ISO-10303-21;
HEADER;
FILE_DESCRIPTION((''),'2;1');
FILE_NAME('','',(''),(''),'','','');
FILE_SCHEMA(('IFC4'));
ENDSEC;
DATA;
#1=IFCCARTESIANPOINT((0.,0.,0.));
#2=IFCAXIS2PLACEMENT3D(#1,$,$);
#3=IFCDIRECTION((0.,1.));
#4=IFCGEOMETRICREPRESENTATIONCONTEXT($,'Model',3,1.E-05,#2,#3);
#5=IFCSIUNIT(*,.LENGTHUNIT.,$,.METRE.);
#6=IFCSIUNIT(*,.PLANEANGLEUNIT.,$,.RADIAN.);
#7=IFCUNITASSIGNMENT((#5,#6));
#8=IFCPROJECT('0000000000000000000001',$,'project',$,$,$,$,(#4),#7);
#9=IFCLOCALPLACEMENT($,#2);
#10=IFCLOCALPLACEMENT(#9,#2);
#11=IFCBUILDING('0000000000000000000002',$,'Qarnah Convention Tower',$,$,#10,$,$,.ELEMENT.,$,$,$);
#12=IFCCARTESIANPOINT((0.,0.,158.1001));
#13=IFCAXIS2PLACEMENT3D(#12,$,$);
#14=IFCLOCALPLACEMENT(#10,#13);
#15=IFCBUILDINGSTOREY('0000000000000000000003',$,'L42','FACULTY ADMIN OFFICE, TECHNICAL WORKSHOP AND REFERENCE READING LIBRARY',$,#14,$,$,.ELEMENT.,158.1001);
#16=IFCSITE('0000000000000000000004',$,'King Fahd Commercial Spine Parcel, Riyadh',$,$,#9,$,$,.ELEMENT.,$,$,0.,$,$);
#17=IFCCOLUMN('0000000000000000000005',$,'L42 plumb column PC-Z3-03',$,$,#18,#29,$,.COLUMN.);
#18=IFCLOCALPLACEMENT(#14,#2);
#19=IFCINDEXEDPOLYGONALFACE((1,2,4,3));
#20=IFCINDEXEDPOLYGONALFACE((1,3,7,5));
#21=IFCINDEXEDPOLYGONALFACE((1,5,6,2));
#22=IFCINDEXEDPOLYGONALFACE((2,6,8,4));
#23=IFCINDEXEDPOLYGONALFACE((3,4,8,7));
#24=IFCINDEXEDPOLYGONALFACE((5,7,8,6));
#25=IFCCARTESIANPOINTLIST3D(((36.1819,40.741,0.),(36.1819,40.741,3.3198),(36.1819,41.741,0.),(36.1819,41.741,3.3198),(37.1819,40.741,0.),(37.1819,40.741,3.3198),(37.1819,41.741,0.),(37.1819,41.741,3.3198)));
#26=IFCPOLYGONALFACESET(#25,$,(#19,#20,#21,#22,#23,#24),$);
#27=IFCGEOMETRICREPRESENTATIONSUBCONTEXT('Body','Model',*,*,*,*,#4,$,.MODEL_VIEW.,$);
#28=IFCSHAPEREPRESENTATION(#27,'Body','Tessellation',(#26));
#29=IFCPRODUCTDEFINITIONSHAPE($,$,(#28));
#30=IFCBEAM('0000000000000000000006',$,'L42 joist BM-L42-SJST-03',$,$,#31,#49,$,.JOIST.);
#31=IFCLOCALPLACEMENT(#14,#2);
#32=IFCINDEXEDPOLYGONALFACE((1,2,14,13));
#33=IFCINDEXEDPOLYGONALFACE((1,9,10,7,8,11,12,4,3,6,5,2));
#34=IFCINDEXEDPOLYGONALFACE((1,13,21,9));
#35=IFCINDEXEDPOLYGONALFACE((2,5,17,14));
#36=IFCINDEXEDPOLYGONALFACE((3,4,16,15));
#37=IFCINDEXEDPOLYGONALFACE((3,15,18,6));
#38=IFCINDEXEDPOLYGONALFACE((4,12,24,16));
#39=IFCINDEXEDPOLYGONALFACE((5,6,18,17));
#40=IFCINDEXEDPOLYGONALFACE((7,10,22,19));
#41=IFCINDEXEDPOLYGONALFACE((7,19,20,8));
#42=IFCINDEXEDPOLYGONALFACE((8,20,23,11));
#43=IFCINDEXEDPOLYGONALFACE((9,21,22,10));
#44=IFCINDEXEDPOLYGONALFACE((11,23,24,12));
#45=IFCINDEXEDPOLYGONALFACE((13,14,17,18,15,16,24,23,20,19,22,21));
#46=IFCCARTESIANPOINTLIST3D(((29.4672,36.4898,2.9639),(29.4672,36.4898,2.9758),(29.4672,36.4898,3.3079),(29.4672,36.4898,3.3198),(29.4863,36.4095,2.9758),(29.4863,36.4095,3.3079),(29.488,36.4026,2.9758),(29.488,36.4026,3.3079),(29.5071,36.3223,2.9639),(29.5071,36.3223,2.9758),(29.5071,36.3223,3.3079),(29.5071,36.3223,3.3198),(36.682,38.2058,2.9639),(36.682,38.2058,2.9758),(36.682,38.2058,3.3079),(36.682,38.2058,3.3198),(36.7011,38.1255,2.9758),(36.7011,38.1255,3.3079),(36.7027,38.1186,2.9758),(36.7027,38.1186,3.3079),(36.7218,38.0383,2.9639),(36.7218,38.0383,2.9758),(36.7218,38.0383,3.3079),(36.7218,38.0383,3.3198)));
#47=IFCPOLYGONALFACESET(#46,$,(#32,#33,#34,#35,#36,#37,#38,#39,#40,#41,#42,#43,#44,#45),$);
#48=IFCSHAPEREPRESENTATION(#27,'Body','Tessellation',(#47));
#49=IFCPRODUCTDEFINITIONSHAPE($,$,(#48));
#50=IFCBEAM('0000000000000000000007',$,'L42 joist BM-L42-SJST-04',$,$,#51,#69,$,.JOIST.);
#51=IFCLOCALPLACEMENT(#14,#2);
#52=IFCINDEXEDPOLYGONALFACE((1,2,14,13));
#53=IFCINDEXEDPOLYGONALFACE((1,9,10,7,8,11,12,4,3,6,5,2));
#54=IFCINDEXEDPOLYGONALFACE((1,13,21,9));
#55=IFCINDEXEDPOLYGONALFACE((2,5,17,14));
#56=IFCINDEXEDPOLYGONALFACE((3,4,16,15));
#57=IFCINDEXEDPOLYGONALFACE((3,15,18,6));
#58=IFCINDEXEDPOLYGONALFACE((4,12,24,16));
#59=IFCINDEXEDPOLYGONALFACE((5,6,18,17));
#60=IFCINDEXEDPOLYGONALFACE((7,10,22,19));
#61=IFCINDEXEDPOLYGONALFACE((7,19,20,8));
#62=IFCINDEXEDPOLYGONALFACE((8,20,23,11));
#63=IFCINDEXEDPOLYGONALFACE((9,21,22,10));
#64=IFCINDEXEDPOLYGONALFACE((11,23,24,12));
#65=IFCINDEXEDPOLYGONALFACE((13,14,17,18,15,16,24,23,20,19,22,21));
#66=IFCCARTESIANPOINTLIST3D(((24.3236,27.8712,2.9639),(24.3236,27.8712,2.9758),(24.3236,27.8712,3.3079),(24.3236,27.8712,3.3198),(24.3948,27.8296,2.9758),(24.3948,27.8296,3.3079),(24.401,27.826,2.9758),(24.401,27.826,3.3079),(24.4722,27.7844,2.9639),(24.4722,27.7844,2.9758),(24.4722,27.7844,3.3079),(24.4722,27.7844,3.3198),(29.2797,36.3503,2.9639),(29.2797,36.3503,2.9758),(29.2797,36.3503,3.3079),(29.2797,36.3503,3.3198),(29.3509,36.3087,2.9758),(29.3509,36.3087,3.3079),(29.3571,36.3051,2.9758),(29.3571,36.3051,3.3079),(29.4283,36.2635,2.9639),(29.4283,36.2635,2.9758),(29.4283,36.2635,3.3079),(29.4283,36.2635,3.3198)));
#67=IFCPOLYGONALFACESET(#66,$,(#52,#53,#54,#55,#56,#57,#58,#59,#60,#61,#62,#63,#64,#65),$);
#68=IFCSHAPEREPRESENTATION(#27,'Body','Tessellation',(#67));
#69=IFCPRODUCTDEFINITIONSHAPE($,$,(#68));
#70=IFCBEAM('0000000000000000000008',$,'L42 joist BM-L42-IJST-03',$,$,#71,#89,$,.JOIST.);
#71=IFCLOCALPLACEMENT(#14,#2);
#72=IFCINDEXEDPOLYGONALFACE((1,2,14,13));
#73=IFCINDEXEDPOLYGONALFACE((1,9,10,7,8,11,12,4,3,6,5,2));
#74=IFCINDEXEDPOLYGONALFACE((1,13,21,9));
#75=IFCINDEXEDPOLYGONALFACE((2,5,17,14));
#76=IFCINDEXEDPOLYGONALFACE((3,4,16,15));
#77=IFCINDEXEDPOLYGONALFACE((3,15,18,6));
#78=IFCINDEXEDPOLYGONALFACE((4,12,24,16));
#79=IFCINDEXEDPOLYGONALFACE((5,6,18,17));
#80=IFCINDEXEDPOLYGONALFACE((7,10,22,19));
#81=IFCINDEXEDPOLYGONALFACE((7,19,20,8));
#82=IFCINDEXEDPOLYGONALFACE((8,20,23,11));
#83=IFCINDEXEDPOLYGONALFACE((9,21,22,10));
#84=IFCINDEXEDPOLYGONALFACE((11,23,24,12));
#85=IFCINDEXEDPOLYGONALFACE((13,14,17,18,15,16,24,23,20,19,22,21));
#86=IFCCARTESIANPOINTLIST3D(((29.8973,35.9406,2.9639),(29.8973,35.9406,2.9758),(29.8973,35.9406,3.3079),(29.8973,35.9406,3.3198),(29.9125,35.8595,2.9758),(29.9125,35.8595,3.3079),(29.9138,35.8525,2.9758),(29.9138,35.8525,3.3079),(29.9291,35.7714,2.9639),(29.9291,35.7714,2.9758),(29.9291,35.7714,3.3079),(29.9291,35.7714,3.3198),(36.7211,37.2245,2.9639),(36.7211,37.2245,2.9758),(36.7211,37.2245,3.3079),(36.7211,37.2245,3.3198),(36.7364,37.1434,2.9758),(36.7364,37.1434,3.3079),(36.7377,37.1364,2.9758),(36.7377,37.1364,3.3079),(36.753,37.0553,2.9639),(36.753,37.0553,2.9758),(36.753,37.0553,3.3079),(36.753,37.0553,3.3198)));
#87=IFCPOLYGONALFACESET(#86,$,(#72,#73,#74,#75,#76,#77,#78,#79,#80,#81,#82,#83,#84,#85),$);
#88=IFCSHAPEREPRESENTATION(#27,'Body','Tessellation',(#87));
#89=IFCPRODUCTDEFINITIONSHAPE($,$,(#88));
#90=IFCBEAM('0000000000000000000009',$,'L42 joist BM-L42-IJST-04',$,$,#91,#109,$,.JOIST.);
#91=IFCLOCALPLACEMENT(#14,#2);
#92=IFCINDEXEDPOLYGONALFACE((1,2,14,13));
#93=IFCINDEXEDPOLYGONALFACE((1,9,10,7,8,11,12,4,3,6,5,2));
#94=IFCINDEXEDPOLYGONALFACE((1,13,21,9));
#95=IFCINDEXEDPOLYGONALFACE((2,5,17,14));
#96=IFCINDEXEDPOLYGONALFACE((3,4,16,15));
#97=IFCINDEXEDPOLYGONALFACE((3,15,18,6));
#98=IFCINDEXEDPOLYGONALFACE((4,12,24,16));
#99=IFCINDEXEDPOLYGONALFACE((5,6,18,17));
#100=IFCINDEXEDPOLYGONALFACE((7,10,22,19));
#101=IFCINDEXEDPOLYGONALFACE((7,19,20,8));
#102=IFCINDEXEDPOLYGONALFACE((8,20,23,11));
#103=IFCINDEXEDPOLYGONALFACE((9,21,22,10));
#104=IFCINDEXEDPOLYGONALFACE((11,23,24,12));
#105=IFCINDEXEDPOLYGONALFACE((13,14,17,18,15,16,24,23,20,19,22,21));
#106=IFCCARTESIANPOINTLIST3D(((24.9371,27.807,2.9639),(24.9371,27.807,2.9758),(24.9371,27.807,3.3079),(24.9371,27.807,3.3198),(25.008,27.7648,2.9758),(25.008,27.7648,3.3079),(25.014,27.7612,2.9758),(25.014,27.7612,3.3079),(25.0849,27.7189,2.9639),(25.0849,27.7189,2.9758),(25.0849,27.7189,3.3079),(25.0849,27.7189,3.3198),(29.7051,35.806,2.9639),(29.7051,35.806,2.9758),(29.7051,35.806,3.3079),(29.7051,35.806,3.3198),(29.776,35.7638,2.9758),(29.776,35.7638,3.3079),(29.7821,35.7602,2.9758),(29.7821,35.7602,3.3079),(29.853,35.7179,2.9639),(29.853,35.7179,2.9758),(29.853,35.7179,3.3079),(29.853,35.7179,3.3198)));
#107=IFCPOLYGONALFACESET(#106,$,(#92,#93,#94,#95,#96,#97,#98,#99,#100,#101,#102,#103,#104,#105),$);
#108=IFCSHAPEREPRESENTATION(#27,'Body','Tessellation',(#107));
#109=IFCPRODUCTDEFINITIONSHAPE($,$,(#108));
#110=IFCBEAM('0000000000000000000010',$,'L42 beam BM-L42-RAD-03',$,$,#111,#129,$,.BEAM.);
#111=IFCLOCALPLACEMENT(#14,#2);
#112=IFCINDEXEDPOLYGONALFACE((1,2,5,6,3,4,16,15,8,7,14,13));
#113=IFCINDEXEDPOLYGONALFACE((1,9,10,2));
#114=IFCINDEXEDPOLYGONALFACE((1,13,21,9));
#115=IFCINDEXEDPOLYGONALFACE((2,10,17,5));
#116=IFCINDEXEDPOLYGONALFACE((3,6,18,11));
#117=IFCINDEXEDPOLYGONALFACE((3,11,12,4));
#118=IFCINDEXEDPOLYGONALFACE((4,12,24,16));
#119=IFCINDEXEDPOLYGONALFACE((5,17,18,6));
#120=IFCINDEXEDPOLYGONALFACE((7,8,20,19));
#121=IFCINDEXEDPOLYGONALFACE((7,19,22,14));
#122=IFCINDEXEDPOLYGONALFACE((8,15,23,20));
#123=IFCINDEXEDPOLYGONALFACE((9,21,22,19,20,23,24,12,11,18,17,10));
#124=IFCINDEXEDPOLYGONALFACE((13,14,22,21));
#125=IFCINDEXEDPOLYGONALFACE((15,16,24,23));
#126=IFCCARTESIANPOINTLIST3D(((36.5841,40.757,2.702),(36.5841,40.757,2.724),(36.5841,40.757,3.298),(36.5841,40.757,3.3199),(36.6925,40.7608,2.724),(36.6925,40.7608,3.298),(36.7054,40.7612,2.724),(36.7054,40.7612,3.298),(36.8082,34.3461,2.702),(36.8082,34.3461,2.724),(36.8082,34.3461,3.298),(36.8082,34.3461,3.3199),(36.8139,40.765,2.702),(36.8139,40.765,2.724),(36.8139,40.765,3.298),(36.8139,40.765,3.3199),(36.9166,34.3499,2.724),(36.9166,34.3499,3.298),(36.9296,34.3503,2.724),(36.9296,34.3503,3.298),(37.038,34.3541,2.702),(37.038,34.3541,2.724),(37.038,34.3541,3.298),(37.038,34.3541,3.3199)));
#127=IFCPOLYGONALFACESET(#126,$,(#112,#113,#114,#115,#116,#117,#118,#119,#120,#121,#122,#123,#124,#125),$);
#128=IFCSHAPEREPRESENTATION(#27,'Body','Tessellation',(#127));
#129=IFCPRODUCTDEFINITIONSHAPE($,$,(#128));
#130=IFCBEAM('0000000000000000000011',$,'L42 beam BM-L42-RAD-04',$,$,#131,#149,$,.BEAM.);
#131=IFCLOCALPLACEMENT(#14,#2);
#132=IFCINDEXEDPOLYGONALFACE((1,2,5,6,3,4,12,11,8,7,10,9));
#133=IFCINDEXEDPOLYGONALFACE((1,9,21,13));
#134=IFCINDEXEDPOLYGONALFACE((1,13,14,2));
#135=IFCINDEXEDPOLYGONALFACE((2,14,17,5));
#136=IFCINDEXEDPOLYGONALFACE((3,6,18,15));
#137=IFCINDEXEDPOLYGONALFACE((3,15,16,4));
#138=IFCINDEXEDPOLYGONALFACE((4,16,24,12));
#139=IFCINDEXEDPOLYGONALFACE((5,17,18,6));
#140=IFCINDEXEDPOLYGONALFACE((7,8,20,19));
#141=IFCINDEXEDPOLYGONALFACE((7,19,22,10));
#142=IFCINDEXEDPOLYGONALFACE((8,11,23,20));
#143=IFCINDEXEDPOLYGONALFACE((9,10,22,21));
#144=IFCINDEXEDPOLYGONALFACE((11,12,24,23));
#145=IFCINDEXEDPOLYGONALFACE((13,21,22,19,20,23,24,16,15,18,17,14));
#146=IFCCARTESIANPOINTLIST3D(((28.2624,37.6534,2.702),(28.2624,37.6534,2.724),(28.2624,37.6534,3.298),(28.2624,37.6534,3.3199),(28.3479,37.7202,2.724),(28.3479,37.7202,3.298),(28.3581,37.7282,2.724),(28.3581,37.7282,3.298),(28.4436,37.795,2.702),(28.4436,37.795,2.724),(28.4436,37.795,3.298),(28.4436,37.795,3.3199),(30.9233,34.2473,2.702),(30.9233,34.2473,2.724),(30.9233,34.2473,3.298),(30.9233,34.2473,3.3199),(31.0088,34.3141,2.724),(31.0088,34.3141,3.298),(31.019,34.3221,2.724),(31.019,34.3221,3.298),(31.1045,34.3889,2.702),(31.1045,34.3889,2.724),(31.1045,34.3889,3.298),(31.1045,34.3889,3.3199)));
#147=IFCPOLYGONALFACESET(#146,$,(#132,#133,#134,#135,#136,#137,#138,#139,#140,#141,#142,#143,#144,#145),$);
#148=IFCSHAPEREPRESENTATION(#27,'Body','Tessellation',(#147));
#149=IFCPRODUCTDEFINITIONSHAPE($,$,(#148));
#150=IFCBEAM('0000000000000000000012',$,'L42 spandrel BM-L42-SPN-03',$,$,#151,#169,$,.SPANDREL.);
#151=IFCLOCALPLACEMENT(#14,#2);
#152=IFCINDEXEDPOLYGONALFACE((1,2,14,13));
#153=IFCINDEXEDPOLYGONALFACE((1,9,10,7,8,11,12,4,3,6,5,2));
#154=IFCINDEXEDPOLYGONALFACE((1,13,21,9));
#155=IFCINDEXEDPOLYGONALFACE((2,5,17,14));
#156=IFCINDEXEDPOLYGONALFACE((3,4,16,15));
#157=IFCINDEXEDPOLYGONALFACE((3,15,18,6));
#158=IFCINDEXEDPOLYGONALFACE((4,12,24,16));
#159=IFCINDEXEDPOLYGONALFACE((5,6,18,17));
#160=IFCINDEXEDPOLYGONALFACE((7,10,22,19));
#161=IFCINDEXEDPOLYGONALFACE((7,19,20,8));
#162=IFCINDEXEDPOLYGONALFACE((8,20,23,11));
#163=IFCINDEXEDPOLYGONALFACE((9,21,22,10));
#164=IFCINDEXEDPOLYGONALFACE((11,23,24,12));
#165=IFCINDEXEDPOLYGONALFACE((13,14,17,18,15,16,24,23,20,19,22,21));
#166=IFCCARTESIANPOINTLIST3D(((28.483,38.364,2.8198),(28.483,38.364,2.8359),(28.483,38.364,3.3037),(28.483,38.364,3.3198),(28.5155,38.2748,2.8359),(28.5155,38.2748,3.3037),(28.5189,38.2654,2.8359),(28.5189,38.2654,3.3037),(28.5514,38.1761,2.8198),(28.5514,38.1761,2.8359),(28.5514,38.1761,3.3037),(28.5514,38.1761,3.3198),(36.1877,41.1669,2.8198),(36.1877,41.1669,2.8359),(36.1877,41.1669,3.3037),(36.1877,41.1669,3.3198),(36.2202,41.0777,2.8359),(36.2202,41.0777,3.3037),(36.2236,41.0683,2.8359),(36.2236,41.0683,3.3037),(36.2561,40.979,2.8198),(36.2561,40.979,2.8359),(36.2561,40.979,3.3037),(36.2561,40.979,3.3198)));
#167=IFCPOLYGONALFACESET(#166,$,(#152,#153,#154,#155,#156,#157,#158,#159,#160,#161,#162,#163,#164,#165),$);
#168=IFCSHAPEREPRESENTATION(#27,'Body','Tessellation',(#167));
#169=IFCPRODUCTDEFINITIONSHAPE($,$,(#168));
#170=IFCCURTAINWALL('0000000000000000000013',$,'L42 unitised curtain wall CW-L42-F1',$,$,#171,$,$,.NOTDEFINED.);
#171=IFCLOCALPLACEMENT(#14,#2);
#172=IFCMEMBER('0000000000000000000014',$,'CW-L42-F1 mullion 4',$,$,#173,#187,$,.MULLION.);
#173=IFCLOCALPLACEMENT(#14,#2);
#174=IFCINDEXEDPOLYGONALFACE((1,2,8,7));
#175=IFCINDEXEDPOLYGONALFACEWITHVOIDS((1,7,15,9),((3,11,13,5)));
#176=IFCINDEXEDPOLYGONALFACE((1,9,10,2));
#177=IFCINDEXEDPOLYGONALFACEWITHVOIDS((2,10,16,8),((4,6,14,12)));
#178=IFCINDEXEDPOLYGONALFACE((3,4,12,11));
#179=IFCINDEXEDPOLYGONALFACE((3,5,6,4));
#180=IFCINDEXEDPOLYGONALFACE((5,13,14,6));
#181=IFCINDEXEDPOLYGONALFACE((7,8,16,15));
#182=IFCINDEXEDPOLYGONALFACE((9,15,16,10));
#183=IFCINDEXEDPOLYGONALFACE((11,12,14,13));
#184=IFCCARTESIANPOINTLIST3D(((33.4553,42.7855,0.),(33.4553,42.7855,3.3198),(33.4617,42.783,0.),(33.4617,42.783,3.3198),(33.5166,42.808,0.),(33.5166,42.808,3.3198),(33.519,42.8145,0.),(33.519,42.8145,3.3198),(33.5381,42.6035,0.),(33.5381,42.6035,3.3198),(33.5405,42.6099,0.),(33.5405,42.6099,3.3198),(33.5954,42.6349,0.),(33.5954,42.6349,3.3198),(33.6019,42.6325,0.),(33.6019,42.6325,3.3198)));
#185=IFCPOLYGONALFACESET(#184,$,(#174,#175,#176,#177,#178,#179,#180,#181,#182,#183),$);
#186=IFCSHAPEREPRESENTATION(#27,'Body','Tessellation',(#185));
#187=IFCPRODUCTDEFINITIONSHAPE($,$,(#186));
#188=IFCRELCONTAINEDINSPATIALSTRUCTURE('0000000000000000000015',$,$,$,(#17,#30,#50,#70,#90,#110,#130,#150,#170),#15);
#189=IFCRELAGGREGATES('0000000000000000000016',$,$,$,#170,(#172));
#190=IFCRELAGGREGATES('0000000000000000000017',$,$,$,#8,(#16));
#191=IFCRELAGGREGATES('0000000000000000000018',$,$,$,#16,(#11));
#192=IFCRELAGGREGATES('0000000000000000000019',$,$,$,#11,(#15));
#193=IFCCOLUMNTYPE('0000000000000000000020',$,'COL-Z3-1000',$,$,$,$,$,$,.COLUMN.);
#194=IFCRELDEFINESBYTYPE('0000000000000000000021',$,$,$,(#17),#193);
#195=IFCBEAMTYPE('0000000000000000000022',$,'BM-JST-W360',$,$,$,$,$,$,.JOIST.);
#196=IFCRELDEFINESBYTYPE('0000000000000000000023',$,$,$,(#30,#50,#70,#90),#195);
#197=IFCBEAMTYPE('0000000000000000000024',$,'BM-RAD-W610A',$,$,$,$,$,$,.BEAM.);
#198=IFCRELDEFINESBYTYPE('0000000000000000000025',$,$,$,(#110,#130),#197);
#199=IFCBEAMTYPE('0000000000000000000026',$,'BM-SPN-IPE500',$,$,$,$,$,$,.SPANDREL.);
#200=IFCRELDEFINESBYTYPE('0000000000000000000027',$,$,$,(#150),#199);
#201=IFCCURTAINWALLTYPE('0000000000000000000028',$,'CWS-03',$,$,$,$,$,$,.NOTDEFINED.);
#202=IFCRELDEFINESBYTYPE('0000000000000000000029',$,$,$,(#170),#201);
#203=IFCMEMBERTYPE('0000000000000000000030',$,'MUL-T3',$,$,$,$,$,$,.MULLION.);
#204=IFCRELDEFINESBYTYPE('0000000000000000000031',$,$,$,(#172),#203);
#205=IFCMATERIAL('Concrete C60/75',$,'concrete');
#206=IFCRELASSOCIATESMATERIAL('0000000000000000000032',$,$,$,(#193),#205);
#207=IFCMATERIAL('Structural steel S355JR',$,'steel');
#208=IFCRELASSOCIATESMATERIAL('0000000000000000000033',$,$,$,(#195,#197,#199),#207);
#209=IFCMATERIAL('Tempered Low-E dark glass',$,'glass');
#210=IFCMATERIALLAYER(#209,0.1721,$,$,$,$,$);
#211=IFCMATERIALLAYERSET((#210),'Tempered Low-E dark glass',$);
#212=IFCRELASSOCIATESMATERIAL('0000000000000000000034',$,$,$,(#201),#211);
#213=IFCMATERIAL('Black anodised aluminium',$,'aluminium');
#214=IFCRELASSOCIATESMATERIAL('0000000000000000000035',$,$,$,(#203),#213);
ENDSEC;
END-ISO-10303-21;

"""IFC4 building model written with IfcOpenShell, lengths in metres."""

from ifc_helpers import new_model, si_unit, direction, frame, origin, origin_2d, place, context, subcontext, project, spatial, rectangle, hollow_rectangle, i_section, extrude, material, layer, layer_set, material_profile, profile_set, type_object, element, aggregate, save


model = new_model("IFC4")

# Units and contexts
model_context = context("Model", 3, precision=1e-05, world=origin(), true_north=direction((0.0, 1.0)))
body_context = subcontext(model_context, "Body", "Model", "MODEL_VIEW")
ifc_project = project(units=[si_unit("LENGTHUNIT", "METRE"), si_unit("PLANEANGLEUNIT", "RADIAN")], contexts=[model_context])

# Site, building, storey
site_placement = place(None, origin())
site = spatial("IfcSite", under=ifc_project, at=site_placement, Name="King Fahd Commercial Spine Parcel, Riyadh", CompositionType="ELEMENT", RefElevation=0.0)
building_placement = place(site_placement, origin())
building = spatial("IfcBuilding", under=site, at=building_placement, Name="Qarnah Convention Tower", CompositionType="ELEMENT")
storey_placement = place(building_placement, frame((0.0, 0.0, 158.1001)))
storey = spatial("IfcBuildingStorey", under=building, at=storey_placement, Name="L42", Description="FACULTY ADMIN OFFICE, TECHNICAL WORKSHOP AND REFERENCE READING LIBRARY", CompositionType="ELEMENT", Elevation=158.1001)

# Column
ifc_material_1 = material(Name="Concrete C60/75", Category="concrete")
ifc_material_profile_1 = material_profile(ifc_material_1, rectangle(XDim=1.0, YDim=1.0, at=origin_2d()), Name="RC-COL-1000X1000")
ifc_profile_set_1 = profile_set([ifc_material_profile_1], Name="Concrete C60/75")
column_type = type_object("IfcColumnType", Name="COL-Z3-1000", PredefinedType="COLUMN", material=ifc_profile_set_1)
column_placement = place(storey_placement, frame((36.6819, 41.241, 0.0), z_axis=(0.0, 0.0, 1.0), x_axis=(1.0, 0.0, 0.0)))
element("IfcColumn", 1, at=column_placement, inside=storey, type_object=column_type, Name="L42 plumb column PC-Z3-03", PredefinedType="COLUMN", context=body_context, shape_type="SweptSolid", body=[
    extrude(rectangle(XDim=1.0, YDim=1.0, at=origin_2d()), origin(), (0.0, 0.0, 1.0), 3.3198),
])

# Beams
ifc_material_2 = material(Name="Structural steel S355JR", Category="steel")
ifc_material_profile_2 = material_profile(ifc_material_2, i_section(OverallWidth=0.1721, OverallDepth=0.356, WebThickness=0.0071, FlangeThickness=0.012, at=origin_2d()), Name="W360X51")
ifc_profile_set_2 = profile_set([ifc_material_profile_2], Name="Structural steel S355JR")
beam_type_1 = type_object("IfcBeamType", Name="BM-JST-W360", PredefinedType="JOIST", material=ifc_profile_set_2)
beam_1_placement = place(storey_placement, frame((36.7019, 38.1221, 3.1418), z_axis=(-0.97286, -0.231397, 0.0), x_axis=(0.231397, -0.97286, 0.0)))
element("IfcBeam", 2, at=beam_1_placement, inside=storey, type_object=beam_type_1, Name="L42 joist BM-L42-SJST-03", PredefinedType="JOIST", context=body_context, shape_type="SweptSolid", body=[
    extrude(i_section(OverallWidth=0.1721, OverallDepth=0.356, WebThickness=0.0071, FlangeThickness=0.012, at=origin_2d()), origin(), (0.0, 0.0, 1.0), 7.416),
])
beam_2_placement = place(storey_placement, frame((29.354, 36.3069, 3.1418), z_axis=(-0.504628, -0.863337, 0.0), x_axis=(0.863337, -0.504628, 0.0)))
element("IfcBeam", 3, at=beam_2_placement, inside=storey, type_object=beam_type_1, Name="L42 joist BM-L42-SJST-04", PredefinedType="JOIST", context=body_context, shape_type="SweptSolid", body=[
    extrude(i_section(OverallWidth=0.1721, OverallDepth=0.356, WebThickness=0.0071, FlangeThickness=0.012, at=origin_2d()), origin(), (0.0, 0.0, 1.0), 9.8213),
])
beam_3_placement = place(storey_placement, frame((36.7371, 37.1399, 3.1418), z_axis=(-0.982756, -0.184906, 0.0), x_axis=(0.184906, -0.982756, 0.0)))
element("IfcBeam", 4, at=beam_3_placement, inside=storey, type_object=beam_type_1, Name="L42 joist BM-L42-IJST-03", PredefinedType="JOIST", context=body_context, shape_type="SweptSolid", body=[
    extrude(i_section(OverallWidth=0.1721, OverallDepth=0.356, WebThickness=0.0071, FlangeThickness=0.012, at=origin_2d()), origin(), (0.0, 0.0, 1.0), 6.9436),
])
beam_4_placement = place(storey_placement, frame((29.7791, 35.762, 3.1418), z_axis=(-0.512018, -0.858974, 0.0), x_axis=(0.858974, -0.512018, 0.0)))
element("IfcBeam", 5, at=beam_4_placement, inside=storey, type_object=beam_type_1, Name="L42 joist BM-L42-IJST-04", PredefinedType="JOIST", context=body_context, shape_type="SweptSolid", body=[
    extrude(i_section(OverallWidth=0.1721, OverallDepth=0.356, WebThickness=0.0071, FlangeThickness=0.012, at=origin_2d()), origin(), (0.0, 0.0, 1.0), 9.3123),
])
ifc_material_profile_3 = material_profile(ifc_material_2, i_section(OverallWidth=0.23, OverallDepth=0.6179, WebThickness=0.0129, FlangeThickness=0.022, at=origin_2d()), Name="W610X140")
ifc_profile_set_3 = profile_set([ifc_material_profile_3], Name="Structural steel S355JR")
beam_type_2 = type_object("IfcBeamType", Name="BM-RAD-W610A", PredefinedType="BEAM", material=ifc_profile_set_3)
beam_5_placement = place(storey_placement, frame((36.9231, 34.3501, 3.011), z_axis=(-0.034938, 0.999389, 0.0), x_axis=(-0.999389, -0.034938, 0.0)))
element("IfcBeam", 6, at=beam_5_placement, inside=storey, type_object=beam_type_2, Name="L42 beam BM-L42-RAD-03", PredefinedType="BEAM", context=body_context, shape_type="SweptSolid", body=[
    extrude(i_section(OverallWidth=0.23, OverallDepth=0.6179, WebThickness=0.0129, FlangeThickness=0.022, at=origin_2d()), origin(), (0.0, 0.0, 1.0), 6.4148),
])
beam_6_placement = place(storey_placement, frame((31.0139, 34.3181, 3.011), z_axis=(-0.615636, 0.78803, 0.0), x_axis=(-0.78803, -0.615636, 0.0)))
element("IfcBeam", 7, at=beam_6_placement, inside=storey, type_object=beam_type_2, Name="L42 beam BM-L42-RAD-04", PredefinedType="BEAM", context=body_context, shape_type="SweptSolid", body=[
    extrude(i_section(OverallWidth=0.23, OverallDepth=0.6179, WebThickness=0.0129, FlangeThickness=0.022, at=origin_2d()), origin(), (0.0, 0.0, 1.0), 4.3223),
])
ifc_material_profile_4 = material_profile(ifc_material_2, i_section(OverallWidth=0.2, OverallDepth=0.5, WebThickness=0.01, FlangeThickness=0.0161, at=origin_2d()), Name="IPE500")
ifc_profile_set_4 = profile_set([ifc_material_profile_4], Name="Structural steel S355JR")
beam_type_3 = type_object("IfcBeamType", Name="BM-SPN-IPE500", PredefinedType="SPANDREL", material=ifc_profile_set_4)
beam_7_placement = place(storey_placement, frame((36.2219, 41.073, 3.0698), z_axis=(-0.939746, -0.341875, 0.0), x_axis=(0.341875, -0.939746, 0.0)))
element("IfcBeam", 8, at=beam_7_placement, inside=storey, type_object=beam_type_3, Name="L42 spandrel BM-L42-SPN-03", PredefinedType="SPANDREL", context=body_context, shape_type="SweptSolid", body=[
    extrude(i_section(OverallWidth=0.2, OverallDepth=0.5, WebThickness=0.01, FlangeThickness=0.0161, at=origin_2d()), origin(), (0.0, 0.0, 1.0), 8.1987),
])

# Curtain wall, member
ifc_material_3 = material(Name="Tempered Low-E dark glass", Category="glass")
ifc_layer_1 = layer(ifc_material_3, 0.1721)
ifc_layer_set_1 = layer_set([ifc_layer_1], Name="Tempered Low-E dark glass")
curtain_wall_type = type_object("IfcCurtainWallType", Name="CWS-03", PredefinedType="NOTDEFINED", material=ifc_layer_set_1)
curtain_wall_placement = place(storey_placement, origin())
curtain_wall = element("IfcCurtainWall", 9, at=curtain_wall_placement, inside=storey, type_object=curtain_wall_type, Name="L42 unitised curtain wall CW-L42-F1", PredefinedType="NOTDEFINED")
ifc_material_4 = material(Name="Black anodised aluminium", Category="aluminium")
ifc_material_profile_5 = material_profile(ifc_material_4, hollow_rectangle(XDim=0.0701, YDim=0.2, WallThickness=0.0049, at=origin_2d()), Name="MUL-70X200")
ifc_profile_set_5 = profile_set([ifc_material_profile_5], Name="Black anodised aluminium")
member_type = type_object("IfcMemberType", Name="MUL-T3", PredefinedType="MULLION", material=ifc_profile_set_5)
member_placement = place(storey_placement, frame((33.5286, 42.709, 0.0), z_axis=(0.0, 0.0, 1.0), x_axis=(0.910112, 0.414362, 0.0)))
member = element("IfcMember", 10, at=member_placement, type_object=member_type, Name="CW-L42-F1 mullion 4", PredefinedType="MULLION", context=body_context, shape_type="SweptSolid", body=[
    extrude(hollow_rectangle(XDim=0.0701, YDim=0.2, WallThickness=0.0049, at=origin_2d()), origin(), (0.0, 0.0, 1.0), 3.3198),
])
aggregate(curtain_wall, [member])

save(model, "model.ifc")
